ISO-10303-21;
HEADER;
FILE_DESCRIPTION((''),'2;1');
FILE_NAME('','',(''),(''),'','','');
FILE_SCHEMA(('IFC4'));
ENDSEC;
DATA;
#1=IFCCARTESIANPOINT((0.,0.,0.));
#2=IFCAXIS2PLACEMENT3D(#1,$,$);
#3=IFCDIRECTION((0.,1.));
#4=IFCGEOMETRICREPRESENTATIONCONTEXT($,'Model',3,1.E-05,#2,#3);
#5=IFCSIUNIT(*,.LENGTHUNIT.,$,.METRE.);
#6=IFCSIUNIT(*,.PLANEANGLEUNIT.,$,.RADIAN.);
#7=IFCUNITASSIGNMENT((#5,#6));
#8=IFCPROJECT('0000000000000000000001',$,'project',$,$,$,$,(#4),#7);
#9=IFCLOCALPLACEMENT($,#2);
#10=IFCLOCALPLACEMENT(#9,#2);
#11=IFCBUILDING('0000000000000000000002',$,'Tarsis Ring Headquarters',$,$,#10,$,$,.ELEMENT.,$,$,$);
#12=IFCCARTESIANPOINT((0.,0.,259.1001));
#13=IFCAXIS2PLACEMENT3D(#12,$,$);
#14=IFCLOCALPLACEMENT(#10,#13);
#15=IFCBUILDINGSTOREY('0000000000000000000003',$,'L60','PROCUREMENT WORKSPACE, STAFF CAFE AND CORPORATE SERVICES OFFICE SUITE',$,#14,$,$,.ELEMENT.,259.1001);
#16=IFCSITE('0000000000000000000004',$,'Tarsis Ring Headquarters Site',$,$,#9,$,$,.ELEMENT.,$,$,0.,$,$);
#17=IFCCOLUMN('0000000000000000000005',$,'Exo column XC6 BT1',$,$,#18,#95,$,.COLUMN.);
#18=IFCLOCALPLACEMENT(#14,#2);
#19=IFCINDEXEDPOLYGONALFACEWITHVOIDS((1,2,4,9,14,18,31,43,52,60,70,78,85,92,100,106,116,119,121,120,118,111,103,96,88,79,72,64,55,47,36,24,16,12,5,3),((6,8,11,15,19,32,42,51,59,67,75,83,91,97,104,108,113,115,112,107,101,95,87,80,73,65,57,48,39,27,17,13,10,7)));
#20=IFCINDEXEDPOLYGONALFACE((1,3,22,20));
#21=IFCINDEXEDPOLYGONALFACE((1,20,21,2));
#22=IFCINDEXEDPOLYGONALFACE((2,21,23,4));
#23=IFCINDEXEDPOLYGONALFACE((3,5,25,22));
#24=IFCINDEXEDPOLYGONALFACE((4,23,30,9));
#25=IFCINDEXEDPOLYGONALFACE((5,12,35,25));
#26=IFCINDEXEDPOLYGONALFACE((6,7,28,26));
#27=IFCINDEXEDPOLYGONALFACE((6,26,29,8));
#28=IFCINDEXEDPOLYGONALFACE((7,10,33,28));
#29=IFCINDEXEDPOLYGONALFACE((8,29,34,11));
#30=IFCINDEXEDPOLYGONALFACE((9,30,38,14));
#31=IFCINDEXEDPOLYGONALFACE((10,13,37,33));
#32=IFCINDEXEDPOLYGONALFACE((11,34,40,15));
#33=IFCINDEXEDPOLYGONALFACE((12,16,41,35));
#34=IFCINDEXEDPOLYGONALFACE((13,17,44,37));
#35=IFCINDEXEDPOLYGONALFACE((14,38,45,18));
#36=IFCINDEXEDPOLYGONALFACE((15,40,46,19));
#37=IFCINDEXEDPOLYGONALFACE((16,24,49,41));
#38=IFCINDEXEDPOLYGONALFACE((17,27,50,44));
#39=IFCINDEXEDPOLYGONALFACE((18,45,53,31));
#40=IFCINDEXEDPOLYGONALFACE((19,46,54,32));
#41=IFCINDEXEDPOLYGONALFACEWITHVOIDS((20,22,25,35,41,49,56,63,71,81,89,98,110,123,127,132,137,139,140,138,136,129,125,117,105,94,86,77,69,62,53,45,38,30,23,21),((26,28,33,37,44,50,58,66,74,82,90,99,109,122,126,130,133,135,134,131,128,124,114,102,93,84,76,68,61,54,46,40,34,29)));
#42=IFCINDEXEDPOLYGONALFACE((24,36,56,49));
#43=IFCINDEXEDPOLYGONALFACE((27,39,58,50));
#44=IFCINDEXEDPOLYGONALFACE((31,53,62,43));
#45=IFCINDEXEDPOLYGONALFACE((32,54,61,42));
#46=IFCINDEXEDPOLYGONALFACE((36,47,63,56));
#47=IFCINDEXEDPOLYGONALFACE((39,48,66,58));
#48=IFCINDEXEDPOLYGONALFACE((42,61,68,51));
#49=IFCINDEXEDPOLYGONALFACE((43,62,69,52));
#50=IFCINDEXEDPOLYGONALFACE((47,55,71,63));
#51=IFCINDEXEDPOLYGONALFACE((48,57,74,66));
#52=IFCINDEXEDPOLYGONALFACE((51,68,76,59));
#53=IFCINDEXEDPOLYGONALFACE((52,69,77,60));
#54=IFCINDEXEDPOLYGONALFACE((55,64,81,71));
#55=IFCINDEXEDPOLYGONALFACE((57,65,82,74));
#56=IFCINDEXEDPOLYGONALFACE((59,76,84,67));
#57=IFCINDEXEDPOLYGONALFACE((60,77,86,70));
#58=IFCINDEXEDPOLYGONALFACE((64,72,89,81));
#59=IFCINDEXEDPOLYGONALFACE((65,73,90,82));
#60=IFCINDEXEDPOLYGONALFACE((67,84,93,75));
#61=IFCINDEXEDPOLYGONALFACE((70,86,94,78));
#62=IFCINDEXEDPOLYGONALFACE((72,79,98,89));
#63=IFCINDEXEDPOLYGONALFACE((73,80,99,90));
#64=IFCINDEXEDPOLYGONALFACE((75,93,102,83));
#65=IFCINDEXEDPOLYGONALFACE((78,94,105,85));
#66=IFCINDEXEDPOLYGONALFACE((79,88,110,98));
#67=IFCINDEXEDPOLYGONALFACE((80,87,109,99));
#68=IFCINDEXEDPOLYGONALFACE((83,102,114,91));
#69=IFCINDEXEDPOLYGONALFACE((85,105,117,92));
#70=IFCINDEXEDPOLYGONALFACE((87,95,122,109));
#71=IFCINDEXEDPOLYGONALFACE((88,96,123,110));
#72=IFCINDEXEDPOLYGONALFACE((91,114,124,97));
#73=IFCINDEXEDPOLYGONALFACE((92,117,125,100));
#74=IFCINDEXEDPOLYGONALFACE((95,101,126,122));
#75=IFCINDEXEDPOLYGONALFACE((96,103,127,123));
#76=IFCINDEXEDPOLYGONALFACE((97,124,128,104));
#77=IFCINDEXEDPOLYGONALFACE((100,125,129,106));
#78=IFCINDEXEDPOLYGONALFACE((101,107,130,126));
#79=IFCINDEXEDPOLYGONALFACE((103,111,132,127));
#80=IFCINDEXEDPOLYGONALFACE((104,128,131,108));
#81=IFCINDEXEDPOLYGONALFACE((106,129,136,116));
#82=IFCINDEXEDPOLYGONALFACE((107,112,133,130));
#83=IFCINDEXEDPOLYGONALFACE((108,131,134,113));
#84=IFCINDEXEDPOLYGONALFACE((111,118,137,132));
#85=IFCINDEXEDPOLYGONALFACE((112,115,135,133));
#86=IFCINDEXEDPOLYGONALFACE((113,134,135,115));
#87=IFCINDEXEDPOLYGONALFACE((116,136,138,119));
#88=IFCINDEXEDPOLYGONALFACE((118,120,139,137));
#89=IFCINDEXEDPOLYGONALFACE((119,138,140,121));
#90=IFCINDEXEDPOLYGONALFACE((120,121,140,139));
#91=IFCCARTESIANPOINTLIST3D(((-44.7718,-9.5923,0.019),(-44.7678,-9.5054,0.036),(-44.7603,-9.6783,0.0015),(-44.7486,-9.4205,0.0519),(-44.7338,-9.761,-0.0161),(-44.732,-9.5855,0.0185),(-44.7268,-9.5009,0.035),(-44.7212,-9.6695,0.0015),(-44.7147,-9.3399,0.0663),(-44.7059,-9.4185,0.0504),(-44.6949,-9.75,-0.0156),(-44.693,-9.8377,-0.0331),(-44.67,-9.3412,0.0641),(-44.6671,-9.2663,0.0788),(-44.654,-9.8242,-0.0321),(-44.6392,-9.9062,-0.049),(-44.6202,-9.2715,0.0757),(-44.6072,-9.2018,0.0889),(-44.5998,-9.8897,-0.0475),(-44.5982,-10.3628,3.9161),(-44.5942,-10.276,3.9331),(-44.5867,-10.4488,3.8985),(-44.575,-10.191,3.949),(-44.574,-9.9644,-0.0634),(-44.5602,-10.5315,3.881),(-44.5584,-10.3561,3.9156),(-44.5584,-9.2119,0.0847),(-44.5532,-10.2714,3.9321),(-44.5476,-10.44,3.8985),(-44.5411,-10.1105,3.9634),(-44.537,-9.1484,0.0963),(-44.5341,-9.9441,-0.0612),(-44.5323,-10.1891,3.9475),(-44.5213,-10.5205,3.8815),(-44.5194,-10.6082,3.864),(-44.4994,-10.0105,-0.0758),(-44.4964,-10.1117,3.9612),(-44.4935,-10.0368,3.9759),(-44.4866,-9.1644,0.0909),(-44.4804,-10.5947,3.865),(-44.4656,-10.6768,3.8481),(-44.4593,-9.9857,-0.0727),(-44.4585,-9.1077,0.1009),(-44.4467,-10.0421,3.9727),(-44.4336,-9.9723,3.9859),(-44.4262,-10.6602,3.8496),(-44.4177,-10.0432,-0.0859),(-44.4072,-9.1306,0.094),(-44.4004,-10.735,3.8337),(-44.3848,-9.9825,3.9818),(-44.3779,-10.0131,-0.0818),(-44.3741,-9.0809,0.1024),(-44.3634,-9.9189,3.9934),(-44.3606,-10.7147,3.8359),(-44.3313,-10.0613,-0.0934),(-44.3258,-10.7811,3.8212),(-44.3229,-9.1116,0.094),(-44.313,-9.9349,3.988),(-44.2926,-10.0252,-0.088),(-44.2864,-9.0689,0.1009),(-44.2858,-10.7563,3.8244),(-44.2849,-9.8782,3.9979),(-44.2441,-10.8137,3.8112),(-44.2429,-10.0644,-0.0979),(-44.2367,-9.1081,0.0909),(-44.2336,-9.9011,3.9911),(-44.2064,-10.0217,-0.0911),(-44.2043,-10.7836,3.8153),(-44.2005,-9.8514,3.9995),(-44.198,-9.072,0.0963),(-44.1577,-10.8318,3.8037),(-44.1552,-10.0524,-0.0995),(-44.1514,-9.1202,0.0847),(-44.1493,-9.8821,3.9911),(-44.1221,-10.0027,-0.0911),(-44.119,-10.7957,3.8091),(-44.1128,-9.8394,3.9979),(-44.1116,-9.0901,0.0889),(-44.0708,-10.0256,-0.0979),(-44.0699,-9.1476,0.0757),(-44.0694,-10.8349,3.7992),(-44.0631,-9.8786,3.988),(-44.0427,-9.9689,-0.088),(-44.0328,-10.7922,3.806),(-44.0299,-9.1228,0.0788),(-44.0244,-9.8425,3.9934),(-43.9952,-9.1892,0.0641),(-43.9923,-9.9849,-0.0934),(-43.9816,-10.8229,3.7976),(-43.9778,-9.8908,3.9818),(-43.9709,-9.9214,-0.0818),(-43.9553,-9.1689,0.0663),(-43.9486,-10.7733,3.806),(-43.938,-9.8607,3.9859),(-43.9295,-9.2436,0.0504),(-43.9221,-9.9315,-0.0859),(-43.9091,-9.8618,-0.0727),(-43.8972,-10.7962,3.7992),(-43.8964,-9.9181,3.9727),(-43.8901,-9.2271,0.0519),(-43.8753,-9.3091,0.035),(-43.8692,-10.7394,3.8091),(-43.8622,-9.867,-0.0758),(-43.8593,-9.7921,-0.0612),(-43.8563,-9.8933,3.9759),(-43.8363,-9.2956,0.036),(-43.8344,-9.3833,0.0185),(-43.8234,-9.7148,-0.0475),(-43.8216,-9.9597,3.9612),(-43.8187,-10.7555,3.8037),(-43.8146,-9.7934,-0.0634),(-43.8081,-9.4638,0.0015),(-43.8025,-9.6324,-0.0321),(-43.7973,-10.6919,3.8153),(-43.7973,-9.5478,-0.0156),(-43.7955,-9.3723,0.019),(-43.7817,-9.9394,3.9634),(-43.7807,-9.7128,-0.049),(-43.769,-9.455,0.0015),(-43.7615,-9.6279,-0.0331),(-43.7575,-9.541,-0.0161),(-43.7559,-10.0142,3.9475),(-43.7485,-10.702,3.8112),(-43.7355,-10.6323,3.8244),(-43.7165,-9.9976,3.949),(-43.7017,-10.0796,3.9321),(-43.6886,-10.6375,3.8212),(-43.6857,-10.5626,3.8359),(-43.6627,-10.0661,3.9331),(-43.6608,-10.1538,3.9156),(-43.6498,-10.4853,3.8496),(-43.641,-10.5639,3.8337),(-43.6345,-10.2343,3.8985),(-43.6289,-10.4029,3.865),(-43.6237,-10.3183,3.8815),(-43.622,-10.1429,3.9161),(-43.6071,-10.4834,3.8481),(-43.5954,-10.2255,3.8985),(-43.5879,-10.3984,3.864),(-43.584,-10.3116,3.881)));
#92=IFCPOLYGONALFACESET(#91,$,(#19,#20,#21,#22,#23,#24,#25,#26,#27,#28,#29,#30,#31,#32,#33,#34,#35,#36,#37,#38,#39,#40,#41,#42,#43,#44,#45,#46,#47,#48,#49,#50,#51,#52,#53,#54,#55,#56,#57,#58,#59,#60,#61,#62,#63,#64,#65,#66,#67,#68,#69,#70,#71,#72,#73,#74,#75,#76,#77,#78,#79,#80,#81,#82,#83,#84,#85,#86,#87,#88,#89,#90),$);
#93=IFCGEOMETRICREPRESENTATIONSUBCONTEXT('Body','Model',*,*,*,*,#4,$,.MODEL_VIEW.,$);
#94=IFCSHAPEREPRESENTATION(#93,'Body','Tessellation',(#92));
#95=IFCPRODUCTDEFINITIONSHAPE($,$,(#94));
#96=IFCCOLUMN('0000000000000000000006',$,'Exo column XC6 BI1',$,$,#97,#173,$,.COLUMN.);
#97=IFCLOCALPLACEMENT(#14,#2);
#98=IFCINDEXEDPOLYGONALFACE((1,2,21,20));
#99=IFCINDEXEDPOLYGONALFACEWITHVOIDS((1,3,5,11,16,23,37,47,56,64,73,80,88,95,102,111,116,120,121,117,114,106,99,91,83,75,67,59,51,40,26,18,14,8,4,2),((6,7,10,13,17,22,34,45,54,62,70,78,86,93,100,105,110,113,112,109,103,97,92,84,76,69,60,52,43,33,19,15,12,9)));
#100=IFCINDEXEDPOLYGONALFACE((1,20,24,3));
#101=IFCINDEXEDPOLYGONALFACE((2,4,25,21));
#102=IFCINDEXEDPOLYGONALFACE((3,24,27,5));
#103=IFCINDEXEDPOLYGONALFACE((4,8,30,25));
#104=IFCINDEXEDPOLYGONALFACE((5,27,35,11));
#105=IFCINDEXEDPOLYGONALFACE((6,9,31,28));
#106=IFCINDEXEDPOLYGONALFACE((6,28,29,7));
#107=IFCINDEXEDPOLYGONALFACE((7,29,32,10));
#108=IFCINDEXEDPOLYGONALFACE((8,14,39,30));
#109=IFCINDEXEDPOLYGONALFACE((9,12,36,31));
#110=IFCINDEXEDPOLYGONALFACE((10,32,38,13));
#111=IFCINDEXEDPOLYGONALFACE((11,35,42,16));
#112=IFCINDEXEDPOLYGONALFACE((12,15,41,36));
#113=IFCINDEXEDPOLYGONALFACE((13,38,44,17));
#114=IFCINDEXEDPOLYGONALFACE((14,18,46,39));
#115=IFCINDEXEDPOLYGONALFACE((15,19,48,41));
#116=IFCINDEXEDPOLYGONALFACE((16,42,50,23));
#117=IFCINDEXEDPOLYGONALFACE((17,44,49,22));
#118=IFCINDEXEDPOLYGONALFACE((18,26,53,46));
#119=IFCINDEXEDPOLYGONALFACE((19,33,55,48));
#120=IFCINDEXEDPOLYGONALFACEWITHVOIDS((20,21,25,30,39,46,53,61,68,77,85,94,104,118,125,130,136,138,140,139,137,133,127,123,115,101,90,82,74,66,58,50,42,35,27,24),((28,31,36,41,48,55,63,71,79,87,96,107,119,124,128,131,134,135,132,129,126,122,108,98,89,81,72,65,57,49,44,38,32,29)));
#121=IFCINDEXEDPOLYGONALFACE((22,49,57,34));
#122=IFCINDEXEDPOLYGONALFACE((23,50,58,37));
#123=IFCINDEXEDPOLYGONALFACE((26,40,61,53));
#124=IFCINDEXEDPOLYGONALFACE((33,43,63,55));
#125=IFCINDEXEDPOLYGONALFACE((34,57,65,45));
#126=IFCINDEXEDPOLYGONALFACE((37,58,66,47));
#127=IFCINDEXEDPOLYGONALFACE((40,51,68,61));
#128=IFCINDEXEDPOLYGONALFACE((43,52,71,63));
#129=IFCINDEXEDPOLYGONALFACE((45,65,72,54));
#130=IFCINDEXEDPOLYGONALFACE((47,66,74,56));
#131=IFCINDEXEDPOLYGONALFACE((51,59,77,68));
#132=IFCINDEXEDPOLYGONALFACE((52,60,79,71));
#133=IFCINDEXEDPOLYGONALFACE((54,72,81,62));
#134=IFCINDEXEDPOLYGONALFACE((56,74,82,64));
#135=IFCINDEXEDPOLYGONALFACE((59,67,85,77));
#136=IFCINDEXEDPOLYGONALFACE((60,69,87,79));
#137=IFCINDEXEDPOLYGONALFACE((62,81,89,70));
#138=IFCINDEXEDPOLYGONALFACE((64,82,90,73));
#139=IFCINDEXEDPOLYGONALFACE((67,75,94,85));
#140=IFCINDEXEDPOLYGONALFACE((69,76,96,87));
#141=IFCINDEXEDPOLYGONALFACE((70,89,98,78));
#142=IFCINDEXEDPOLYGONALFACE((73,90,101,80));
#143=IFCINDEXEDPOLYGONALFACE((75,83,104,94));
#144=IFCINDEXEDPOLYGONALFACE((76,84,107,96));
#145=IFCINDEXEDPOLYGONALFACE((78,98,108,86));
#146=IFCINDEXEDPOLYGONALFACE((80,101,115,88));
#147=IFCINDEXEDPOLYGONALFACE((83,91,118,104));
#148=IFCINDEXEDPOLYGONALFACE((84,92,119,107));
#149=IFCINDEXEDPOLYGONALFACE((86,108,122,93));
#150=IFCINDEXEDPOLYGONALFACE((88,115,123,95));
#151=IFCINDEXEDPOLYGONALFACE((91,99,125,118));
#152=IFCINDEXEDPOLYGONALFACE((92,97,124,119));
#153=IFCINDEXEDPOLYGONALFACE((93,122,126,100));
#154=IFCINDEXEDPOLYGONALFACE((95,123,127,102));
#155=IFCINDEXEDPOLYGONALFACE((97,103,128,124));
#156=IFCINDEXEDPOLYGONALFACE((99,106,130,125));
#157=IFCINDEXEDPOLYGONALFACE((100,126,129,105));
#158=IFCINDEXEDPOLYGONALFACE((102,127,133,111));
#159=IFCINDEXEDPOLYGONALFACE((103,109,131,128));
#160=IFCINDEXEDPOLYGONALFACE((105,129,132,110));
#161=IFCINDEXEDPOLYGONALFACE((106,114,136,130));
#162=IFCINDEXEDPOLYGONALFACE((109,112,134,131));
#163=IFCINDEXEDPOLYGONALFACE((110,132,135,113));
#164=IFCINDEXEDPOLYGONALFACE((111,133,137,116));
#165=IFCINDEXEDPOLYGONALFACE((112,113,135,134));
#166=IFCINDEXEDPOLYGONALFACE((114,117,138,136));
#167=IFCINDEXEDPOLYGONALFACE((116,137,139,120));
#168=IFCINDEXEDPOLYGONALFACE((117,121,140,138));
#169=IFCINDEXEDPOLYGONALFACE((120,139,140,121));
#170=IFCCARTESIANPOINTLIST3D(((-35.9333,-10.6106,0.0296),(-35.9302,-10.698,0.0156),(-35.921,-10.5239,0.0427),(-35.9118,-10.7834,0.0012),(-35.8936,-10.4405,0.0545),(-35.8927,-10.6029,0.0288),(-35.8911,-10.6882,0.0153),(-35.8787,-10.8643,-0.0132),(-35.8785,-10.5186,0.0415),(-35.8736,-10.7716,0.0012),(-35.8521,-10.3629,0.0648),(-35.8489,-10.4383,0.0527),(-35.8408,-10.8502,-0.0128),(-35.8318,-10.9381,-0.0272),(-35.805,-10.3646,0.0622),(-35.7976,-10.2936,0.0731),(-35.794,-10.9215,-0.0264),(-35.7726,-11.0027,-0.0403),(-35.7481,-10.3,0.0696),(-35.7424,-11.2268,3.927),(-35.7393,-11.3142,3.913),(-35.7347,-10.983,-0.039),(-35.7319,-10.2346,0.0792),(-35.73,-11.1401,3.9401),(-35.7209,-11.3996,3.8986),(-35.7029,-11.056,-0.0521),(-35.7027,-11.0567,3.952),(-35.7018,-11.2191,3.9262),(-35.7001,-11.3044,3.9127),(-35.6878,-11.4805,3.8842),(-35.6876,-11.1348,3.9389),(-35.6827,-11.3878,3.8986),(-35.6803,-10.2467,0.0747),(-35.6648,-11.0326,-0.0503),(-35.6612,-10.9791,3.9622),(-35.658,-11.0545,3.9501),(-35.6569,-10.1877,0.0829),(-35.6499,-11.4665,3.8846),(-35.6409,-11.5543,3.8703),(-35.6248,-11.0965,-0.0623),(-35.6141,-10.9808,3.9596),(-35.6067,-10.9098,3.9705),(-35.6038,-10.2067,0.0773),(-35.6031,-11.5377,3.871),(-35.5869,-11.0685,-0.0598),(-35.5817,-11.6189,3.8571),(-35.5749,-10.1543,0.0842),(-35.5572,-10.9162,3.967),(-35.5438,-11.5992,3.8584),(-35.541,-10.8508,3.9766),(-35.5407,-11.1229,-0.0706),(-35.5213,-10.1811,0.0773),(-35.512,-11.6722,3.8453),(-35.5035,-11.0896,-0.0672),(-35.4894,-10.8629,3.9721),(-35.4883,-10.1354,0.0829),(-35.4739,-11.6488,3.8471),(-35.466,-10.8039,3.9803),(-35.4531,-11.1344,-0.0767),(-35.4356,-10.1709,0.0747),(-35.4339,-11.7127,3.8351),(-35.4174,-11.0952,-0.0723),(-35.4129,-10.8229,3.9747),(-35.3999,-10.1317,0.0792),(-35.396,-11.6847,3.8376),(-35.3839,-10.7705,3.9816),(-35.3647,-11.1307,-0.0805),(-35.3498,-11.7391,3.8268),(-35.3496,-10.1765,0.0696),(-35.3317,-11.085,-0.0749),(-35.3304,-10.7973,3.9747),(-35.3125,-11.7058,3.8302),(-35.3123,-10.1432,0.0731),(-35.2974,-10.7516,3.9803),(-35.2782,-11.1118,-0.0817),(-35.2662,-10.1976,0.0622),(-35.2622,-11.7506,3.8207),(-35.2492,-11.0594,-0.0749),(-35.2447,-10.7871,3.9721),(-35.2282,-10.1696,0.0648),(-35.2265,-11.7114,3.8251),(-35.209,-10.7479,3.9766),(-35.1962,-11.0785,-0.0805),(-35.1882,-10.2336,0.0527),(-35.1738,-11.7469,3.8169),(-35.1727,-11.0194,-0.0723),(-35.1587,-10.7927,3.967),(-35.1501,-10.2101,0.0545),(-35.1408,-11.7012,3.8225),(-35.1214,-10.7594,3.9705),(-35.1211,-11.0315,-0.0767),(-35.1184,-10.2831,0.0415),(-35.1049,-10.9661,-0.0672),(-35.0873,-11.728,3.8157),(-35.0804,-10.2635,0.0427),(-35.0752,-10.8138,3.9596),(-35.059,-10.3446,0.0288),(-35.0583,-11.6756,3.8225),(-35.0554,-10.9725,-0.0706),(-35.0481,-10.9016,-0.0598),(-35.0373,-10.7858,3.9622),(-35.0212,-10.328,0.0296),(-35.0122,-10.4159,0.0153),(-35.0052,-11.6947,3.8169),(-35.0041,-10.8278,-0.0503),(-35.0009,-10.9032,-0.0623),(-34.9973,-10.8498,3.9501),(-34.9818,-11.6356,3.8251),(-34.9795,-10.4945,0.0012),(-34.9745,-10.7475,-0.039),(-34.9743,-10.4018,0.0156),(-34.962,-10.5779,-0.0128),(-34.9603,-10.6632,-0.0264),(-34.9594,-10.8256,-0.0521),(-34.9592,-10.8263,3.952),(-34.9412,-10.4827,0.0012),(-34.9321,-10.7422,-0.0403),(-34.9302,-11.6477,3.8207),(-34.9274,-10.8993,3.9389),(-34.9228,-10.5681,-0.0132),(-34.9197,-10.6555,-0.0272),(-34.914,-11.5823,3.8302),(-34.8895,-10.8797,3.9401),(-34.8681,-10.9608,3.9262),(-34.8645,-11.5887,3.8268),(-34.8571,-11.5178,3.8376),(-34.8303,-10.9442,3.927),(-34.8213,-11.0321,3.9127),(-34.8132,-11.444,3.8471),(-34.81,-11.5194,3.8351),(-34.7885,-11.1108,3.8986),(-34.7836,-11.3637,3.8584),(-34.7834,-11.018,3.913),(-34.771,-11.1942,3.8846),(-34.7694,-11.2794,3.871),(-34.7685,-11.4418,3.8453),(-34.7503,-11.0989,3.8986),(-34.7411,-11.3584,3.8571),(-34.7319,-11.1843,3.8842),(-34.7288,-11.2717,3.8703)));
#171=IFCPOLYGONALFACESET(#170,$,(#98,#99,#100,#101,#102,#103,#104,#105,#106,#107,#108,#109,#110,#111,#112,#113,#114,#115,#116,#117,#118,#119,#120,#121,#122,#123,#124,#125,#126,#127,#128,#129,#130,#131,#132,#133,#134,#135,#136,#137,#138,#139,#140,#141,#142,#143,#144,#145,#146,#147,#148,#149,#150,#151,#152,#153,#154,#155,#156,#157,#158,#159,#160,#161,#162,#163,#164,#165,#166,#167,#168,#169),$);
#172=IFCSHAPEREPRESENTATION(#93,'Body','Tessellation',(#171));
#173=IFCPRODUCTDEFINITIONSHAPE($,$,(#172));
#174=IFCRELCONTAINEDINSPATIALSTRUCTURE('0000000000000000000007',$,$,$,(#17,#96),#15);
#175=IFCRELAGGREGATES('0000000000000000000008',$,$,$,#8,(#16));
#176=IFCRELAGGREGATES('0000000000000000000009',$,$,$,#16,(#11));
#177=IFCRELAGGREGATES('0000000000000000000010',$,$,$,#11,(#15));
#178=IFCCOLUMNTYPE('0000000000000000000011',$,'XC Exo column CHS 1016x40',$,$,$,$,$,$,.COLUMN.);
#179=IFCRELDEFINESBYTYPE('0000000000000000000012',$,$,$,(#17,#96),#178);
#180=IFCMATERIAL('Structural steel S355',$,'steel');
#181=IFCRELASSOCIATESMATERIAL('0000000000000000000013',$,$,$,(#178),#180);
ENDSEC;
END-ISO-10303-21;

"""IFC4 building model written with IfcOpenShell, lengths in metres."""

from ifc_helpers import new_model, si_unit, direction, frame, origin, origin_2d, place, context, subcontext, project, spatial, hollow_circle, extrude, material, material_profile, profile_set, type_object, element, save


model = new_model("IFC4")

# Units and contexts
model_context = context("Model", 3, precision=1e-05, world=origin(), true_north=direction((0.0, 1.0)))
body_context = subcontext(model_context, "Body", "Model", "MODEL_VIEW")
ifc_project = project(units=[si_unit("LENGTHUNIT", "METRE"), si_unit("PLANEANGLEUNIT", "RADIAN")], contexts=[model_context])

# Site, building, storey
site_placement = place(None, origin())
site = spatial("IfcSite", under=ifc_project, at=site_placement, Name="Tarsis Ring Headquarters Site", CompositionType="ELEMENT", RefElevation=0.0)
building_placement = place(site_placement, origin())
building = spatial("IfcBuilding", under=site, at=building_placement, Name="Tarsis Ring Headquarters", CompositionType="ELEMENT")
storey_placement = place(building_placement, frame((0.0, 0.0, 259.1001)))
storey = spatial("IfcBuildingStorey", under=building, at=storey_placement, Name="L60", Description="PROCUREMENT WORKSPACE, STAFF CAFE AND CORPORATE SERVICES OFFICE SUITE", CompositionType="ELEMENT", Elevation=259.1001)

# Columns
ifc_material_1 = material(Name="Structural steel S355", Category="steel")
ifc_material_profile_1 = material_profile(ifc_material_1, hollow_circle(Radius=0.5081, WallThickness=0.04, at=origin_2d()), Name="CHS 1016x40")
ifc_profile_set_1 = profile_set([ifc_material_profile_1], Name="Structural steel S355")
column_type = type_object("IfcColumnType", Name="XC Exo column CHS 1016x40", PredefinedType="COLUMN", material=ifc_profile_set_1)
column_1_placement = place(storey_placement, frame((-44.2646, -9.5667, 0.0015), z_axis=(0.043656, -0.19378, 0.980073), x_axis=(0.97555, 0.219777, 0.0)))
element("IfcColumn", 1, at=column_1_placement, inside=storey, type_object=column_type, Name="Exo column XC6 BT1", PredefinedType="COLUMN", context=body_context, shape_type="SweptSolid", body=[
    extrude(hollow_circle(Radius=0.5081, WallThickness=0.04, at=origin_2d()), origin(), (0.0, 0.0, 1.0), 3.9763),
])
column_2_placement = place(storey_placement, frame((-35.4265, -10.6331, 0.0012), z_axis=(0.048328, -0.155983, 0.986577), x_axis=(0.955204, 0.295947, 0.0)))
element("IfcColumn", 2, at=column_2_placement, inside=storey, type_object=column_type, Name="Exo column XC6 BI1", PredefinedType="COLUMN", context=body_context, shape_type="SweptSolid", body=[
    extrude(hollow_circle(Radius=0.5081, WallThickness=0.04, at=origin_2d()), origin(), (0.0, 0.0, 1.0), 3.9504),
])

save(model, "model.ifc")
